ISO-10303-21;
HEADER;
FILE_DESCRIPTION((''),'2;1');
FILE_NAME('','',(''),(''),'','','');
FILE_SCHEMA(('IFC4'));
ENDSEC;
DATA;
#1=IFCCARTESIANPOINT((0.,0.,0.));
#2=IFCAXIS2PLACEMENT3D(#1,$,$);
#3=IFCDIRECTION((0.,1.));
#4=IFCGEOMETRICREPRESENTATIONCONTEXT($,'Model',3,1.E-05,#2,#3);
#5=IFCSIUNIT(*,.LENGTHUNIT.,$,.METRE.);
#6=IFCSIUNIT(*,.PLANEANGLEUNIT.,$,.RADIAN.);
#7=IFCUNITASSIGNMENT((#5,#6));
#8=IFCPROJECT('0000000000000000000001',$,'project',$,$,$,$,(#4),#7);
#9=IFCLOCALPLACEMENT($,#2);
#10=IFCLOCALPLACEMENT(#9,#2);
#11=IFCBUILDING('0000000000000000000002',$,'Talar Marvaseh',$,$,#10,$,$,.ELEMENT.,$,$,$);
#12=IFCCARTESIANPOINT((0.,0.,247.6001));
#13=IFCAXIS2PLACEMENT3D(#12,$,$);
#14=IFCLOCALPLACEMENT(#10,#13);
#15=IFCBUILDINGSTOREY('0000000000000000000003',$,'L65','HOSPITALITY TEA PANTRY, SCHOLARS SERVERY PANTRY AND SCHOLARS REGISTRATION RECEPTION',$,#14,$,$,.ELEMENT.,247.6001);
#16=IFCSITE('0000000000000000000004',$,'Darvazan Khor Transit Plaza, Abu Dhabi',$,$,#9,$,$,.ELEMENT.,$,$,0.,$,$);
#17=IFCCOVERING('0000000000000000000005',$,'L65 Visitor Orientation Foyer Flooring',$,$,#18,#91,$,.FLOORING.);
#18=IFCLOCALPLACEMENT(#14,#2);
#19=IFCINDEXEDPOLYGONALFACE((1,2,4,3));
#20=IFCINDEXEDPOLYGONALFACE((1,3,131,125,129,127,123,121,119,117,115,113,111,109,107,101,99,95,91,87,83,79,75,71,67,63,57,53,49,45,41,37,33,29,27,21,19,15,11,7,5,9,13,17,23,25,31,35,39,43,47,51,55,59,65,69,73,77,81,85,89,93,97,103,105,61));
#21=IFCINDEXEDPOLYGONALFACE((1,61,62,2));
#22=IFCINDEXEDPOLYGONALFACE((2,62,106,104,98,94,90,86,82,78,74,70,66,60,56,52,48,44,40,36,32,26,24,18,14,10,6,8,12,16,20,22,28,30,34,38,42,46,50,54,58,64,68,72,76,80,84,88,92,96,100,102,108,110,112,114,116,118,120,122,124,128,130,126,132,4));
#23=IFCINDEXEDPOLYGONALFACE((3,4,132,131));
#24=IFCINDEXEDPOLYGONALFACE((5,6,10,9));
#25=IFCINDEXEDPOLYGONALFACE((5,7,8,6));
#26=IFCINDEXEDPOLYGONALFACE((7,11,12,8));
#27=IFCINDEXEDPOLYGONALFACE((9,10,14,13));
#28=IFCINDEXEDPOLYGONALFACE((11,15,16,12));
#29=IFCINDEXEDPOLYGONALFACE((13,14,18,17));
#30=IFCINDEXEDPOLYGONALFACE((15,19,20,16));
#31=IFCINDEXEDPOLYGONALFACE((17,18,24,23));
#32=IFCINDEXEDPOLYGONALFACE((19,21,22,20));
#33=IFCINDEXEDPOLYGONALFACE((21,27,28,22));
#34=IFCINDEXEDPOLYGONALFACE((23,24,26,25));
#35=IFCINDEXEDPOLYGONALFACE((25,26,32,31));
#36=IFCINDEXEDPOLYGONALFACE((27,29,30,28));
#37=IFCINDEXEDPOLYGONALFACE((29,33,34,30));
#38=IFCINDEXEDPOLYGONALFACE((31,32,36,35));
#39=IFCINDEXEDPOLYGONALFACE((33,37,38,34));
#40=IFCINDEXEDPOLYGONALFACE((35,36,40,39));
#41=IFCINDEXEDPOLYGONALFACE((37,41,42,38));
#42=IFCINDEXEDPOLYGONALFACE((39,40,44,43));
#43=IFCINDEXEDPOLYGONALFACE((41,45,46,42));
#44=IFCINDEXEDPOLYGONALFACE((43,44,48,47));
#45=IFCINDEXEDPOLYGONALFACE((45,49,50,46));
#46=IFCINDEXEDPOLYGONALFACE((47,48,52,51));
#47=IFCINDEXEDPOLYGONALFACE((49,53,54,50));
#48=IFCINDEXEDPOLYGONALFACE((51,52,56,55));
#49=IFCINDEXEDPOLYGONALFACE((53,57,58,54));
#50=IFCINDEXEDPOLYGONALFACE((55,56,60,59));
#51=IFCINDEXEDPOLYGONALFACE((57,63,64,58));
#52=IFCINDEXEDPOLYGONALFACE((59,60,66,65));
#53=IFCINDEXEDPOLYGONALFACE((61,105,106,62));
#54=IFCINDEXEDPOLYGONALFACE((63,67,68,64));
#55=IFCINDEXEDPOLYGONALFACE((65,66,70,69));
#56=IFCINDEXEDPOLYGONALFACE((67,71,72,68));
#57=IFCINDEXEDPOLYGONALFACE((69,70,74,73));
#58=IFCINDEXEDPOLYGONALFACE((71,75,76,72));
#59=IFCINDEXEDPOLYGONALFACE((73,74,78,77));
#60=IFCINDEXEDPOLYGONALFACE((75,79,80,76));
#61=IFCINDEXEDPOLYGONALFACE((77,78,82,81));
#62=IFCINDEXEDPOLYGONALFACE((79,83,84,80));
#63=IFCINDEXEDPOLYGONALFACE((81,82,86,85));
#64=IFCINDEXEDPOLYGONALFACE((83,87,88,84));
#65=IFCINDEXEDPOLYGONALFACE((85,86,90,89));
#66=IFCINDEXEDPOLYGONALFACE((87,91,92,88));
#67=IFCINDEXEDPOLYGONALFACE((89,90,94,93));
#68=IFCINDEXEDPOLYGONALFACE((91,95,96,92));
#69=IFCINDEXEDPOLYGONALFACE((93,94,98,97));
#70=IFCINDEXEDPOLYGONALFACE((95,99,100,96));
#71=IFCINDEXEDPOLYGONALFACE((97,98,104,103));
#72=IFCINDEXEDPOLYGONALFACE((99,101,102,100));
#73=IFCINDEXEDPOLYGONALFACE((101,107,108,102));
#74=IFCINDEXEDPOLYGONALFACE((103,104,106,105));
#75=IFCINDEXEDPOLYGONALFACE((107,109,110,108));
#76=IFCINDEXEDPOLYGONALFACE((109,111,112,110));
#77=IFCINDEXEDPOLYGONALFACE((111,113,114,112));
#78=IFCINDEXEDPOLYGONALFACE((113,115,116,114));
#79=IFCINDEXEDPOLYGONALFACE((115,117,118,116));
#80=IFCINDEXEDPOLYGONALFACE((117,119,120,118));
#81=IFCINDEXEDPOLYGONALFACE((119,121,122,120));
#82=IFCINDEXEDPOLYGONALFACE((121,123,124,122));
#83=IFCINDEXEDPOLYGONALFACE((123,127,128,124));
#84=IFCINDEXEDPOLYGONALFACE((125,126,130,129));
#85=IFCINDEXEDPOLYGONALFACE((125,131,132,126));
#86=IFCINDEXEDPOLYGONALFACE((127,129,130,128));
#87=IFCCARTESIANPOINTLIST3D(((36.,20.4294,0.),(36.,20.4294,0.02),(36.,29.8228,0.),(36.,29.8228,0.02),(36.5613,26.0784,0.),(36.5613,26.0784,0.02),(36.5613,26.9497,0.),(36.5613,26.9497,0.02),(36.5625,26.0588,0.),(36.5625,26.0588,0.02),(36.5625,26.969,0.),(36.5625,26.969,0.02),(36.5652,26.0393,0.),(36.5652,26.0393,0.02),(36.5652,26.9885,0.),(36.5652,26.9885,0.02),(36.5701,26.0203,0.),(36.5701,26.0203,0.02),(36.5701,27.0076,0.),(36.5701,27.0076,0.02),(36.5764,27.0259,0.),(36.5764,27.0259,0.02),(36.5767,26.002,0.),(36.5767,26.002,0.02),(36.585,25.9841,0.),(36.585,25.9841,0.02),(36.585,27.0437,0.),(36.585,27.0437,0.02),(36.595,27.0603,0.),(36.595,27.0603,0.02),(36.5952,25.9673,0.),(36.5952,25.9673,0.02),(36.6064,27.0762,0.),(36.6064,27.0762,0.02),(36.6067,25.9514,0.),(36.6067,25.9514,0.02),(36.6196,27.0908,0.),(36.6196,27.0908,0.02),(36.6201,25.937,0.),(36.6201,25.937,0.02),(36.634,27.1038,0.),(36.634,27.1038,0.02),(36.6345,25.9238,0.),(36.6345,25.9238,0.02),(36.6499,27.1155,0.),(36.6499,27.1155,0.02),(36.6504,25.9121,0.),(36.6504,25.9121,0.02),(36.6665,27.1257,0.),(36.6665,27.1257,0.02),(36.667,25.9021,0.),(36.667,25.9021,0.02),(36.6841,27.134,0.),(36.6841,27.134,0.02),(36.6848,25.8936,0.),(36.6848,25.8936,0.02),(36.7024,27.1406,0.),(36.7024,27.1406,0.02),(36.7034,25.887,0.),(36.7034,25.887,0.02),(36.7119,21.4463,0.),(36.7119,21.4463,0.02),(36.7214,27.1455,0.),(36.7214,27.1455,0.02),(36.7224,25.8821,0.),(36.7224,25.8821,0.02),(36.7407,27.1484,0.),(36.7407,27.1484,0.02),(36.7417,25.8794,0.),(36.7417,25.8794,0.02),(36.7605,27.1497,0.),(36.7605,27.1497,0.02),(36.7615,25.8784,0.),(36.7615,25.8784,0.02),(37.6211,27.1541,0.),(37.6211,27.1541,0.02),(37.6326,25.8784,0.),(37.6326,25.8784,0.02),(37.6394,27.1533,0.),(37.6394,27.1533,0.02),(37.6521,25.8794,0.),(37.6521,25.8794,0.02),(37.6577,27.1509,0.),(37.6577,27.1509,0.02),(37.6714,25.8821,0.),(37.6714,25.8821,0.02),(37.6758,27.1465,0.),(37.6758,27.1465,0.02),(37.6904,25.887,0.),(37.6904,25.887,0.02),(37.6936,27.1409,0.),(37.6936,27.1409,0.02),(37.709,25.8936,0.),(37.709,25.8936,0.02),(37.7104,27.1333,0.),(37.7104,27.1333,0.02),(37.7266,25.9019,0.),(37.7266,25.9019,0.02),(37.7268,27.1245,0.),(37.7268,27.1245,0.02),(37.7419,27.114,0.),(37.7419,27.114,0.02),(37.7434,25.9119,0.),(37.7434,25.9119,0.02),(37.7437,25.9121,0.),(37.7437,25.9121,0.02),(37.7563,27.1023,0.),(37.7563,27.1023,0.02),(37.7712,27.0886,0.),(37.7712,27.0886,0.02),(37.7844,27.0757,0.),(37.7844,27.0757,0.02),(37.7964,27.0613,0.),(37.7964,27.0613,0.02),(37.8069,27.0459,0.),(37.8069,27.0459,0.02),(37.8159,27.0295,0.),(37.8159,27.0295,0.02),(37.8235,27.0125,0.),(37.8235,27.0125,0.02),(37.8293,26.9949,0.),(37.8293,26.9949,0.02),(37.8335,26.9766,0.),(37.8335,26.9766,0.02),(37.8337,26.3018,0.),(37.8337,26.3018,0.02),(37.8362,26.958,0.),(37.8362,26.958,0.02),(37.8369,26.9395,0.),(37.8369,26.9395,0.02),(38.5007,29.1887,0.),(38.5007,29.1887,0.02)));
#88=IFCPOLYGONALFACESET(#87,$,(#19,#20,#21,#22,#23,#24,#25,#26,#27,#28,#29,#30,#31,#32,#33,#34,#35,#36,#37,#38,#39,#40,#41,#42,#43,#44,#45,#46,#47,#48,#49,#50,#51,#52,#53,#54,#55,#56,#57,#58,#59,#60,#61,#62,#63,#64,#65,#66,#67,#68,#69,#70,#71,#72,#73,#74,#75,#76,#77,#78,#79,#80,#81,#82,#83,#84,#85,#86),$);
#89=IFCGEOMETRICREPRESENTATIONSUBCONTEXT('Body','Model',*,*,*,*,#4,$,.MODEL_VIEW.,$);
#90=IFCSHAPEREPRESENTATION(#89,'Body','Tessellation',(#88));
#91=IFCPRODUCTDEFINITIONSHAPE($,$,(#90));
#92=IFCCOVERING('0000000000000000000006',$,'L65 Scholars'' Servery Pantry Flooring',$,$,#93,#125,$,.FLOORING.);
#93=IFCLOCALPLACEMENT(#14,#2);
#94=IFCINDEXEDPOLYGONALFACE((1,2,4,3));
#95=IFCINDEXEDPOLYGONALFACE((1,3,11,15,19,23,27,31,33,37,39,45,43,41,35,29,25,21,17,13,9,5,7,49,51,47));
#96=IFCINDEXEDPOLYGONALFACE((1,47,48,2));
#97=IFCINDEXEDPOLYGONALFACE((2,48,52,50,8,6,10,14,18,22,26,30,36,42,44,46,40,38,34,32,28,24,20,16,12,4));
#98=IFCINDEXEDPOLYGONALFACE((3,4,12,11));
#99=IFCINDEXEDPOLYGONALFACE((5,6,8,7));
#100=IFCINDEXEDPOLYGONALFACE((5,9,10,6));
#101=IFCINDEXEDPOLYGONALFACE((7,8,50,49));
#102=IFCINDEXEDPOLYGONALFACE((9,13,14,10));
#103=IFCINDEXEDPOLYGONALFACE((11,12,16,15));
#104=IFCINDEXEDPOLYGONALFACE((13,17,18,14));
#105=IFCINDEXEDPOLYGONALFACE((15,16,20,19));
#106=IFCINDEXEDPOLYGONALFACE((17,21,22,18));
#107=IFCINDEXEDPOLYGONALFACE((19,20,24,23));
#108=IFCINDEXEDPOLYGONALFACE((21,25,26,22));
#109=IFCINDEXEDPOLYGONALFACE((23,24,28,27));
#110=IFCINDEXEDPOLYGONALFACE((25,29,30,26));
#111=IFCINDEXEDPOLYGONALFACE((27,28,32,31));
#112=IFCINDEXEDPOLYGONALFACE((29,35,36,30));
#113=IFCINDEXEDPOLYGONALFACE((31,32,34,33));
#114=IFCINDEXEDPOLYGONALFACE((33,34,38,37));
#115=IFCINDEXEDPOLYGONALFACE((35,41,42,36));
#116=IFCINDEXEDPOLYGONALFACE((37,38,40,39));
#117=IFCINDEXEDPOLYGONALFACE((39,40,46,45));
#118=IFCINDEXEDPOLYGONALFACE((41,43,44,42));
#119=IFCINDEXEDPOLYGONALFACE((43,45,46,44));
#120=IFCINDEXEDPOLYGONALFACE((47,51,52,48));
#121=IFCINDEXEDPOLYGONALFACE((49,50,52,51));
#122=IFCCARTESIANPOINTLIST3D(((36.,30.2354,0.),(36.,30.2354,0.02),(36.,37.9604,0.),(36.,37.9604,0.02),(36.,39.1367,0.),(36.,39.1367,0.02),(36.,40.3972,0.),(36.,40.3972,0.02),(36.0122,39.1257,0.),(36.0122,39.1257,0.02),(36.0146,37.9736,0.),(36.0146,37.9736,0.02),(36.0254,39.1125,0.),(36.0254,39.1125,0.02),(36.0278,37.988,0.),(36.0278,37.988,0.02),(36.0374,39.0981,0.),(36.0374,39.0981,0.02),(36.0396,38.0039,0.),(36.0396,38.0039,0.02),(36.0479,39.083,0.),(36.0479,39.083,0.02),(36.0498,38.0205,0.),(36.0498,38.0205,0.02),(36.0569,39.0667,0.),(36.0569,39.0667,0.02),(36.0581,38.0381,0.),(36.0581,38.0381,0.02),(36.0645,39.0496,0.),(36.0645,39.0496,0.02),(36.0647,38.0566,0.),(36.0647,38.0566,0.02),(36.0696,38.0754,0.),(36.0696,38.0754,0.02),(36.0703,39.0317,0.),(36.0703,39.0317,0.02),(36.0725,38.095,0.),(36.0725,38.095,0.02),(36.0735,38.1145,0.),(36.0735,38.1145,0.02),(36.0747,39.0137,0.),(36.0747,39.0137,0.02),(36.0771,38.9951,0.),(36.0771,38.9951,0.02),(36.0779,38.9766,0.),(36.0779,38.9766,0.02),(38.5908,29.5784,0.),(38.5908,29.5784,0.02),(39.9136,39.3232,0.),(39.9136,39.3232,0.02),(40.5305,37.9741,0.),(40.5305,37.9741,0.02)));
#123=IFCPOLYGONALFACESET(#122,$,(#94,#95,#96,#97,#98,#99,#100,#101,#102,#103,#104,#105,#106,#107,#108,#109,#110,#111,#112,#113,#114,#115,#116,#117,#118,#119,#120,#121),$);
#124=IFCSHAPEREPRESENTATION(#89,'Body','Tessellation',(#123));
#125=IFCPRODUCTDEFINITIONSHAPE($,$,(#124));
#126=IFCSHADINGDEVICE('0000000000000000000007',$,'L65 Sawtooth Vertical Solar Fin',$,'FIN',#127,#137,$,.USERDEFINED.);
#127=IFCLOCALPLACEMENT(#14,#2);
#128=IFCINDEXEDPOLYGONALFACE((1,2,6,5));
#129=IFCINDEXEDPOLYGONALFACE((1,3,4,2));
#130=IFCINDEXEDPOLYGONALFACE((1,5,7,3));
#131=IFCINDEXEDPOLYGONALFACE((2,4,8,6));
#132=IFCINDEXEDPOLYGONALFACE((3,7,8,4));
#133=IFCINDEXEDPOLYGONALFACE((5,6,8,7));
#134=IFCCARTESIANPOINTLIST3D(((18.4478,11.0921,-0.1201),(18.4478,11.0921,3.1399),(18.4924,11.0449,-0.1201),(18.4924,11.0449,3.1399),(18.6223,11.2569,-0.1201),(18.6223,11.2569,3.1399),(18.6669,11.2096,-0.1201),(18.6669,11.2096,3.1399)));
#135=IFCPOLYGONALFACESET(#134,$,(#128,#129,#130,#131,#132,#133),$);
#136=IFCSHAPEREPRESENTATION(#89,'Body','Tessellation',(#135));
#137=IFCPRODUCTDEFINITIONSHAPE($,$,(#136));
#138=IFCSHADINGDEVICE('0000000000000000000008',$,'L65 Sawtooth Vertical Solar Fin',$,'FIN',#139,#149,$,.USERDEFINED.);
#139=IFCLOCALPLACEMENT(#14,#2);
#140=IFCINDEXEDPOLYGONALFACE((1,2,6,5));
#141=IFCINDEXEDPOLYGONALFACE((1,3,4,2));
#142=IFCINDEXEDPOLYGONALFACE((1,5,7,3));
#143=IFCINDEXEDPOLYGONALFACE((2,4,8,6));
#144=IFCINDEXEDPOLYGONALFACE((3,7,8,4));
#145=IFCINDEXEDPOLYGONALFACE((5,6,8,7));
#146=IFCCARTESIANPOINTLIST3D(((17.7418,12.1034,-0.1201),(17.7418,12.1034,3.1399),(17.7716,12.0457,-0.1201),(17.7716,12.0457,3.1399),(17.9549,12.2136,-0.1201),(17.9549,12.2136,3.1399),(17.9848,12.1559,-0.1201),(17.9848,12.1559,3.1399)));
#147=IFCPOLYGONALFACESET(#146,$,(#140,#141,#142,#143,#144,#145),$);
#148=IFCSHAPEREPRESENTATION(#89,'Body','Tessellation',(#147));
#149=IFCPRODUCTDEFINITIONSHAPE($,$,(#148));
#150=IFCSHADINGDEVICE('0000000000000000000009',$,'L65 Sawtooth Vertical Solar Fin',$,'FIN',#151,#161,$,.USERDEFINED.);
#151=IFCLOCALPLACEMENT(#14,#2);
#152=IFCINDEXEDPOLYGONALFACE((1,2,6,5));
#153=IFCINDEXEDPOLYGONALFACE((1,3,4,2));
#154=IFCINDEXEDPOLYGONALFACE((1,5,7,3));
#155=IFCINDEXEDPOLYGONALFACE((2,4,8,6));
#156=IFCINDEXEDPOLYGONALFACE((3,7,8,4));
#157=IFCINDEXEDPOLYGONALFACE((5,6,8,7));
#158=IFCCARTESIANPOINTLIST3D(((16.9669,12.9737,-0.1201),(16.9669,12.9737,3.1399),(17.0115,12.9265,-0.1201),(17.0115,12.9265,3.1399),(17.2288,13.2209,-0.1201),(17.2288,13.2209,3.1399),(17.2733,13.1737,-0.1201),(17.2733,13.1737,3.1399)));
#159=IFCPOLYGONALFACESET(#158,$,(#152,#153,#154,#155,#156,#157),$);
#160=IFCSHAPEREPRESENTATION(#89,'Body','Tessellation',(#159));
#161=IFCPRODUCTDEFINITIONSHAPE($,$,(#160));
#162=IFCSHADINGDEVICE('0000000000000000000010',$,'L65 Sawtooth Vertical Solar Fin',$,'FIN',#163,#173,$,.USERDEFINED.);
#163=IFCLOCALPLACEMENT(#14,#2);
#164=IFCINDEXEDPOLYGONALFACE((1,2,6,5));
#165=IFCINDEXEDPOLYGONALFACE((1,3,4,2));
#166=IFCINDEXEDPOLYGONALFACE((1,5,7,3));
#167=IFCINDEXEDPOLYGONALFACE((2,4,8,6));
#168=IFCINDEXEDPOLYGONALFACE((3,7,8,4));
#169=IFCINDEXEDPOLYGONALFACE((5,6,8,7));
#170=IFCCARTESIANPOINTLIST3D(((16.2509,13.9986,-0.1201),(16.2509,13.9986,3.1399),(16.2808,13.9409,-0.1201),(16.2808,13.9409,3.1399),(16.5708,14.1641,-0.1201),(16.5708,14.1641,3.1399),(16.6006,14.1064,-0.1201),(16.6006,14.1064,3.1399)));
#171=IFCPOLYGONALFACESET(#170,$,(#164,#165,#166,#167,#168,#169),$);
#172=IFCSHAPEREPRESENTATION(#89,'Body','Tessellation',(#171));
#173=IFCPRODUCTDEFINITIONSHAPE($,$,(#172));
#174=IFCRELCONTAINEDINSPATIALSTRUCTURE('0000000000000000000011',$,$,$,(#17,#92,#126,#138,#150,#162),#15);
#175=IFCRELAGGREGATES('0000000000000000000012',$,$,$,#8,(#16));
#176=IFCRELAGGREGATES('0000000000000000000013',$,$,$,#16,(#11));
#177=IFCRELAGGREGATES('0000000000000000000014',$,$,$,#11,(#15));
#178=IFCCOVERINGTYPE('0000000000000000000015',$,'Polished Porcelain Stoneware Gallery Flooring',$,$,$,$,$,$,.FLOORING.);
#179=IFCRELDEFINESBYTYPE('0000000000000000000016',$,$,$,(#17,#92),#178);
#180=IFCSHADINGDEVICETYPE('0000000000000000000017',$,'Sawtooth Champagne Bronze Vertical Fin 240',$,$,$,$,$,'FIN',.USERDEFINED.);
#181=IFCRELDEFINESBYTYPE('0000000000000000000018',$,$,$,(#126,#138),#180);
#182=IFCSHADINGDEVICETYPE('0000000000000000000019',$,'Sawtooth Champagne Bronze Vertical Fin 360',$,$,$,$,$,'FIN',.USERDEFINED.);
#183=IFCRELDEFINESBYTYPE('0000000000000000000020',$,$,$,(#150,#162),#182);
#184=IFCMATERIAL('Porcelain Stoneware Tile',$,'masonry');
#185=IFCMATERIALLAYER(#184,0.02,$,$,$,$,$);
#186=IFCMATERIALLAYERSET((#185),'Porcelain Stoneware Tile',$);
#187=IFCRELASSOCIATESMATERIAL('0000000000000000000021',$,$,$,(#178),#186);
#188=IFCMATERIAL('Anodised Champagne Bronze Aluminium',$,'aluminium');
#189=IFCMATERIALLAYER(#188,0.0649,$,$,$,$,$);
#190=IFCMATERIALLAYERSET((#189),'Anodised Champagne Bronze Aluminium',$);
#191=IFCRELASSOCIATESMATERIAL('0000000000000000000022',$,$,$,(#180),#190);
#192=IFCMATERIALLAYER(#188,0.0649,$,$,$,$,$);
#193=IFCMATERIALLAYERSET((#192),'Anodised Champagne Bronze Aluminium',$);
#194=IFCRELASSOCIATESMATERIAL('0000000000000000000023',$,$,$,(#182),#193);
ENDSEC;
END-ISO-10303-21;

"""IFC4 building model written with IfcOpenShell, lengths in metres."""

from ifc_helpers import new_model, si_unit, direction, frame, origin, origin_2d, place, context, subcontext, project, spatial, polyline, rectangle, outline, extrude, source, transform, mapped, material, layer, layer_set, type_object, type_shapes, element, save


model = new_model("IFC4")

# Units and contexts
model_context = context("Model", 3, precision=1e-05, world=origin(), true_north=direction((0.0, 1.0)))
body_context = subcontext(model_context, "Body", "Model", "MODEL_VIEW")
ifc_project = project(units=[si_unit("LENGTHUNIT", "METRE"), si_unit("PLANEANGLEUNIT", "RADIAN")], contexts=[model_context])

# Site, building, storey
site_placement = place(None, origin())
site = spatial("IfcSite", under=ifc_project, at=site_placement, Name="Darvazan Khor Transit Plaza, Abu Dhabi", CompositionType="ELEMENT", RefElevation=0.0)
building_placement = place(site_placement, origin())
building = spatial("IfcBuilding", under=site, at=building_placement, Name="Talar Marvaseh", CompositionType="ELEMENT")
storey_placement = place(building_placement, frame((0.0, 0.0, 247.6001)))
storey = spatial("IfcBuildingStorey", under=building, at=storey_placement, Name="L65", Description="HOSPITALITY TEA PANTRY, SCHOLARS SERVERY PANTRY AND SCHOLARS REGISTRATION RECEPTION", CompositionType="ELEMENT", Elevation=247.6001)

# Coverings
ifc_material_1 = material(Name="Porcelain Stoneware Tile", Category="masonry")
ifc_layer_1 = layer(ifc_material_1, 0.02)
ifc_layer_set_1 = layer_set([ifc_layer_1], Name="Porcelain Stoneware Tile")
covering_type_1 = type_object("IfcCoveringType", Name="Polished Porcelain Stoneware Gallery Flooring", PredefinedType="FLOORING", material=ifc_layer_set_1)
covering_1_placement = place(storey_placement, origin())
element("IfcCovering", 1, at=covering_1_placement, inside=storey, type_object=covering_type_1, Name="L65 Visitor Orientation Foyer Flooring", PredefinedType="FLOORING", context=body_context, shape_type="SweptSolid", body=[
    extrude(outline(polyline([(37.8337, 26.3018), (37.8369, 26.9395), (37.8362, 26.958), (37.8335, 26.9766), (37.8293, 26.9949), (37.8235, 27.0125), (37.8159, 27.0295), (37.8069, 27.0459), (37.7964, 27.0613), (37.7844, 27.0757), (37.7712, 27.0886), (37.7563, 27.1023), (37.7419, 27.114), (37.7268, 27.1245), (37.7104, 27.1333), (37.6936, 27.1409), (37.6758, 27.1465), (37.6577, 27.1509), (37.6394, 27.1533), (37.6211, 27.1541), (36.7605, 27.1497), (36.7407, 27.1484), (36.7214, 27.1455), (36.7024, 27.1406), (36.6841, 27.134), (36.6665, 27.1257), (36.6499, 27.1155), (36.634, 27.1038), (36.6196, 27.0908), (36.6064, 27.0762), (36.595, 27.0603), (36.585, 27.0437), (36.5764, 27.0259), (36.5701, 27.0076), (36.5652, 26.9885), (36.5625, 26.969), (36.5613, 26.9497), (36.5613, 26.0784), (36.5625, 26.0588), (36.5652, 26.0393), (36.5701, 26.0203), (36.5767, 26.002), (36.585, 25.9841), (36.5952, 25.9673), (36.6067, 25.9514), (36.6201, 25.937), (36.6345, 25.9238), (36.6504, 25.9121), (36.667, 25.9021), (36.6848, 25.8936), (36.7034, 25.887), (36.7224, 25.8821), (36.7417, 25.8794), (36.7615, 25.8784), (37.6326, 25.8784), (37.6521, 25.8794), (37.6714, 25.8821), (37.6904, 25.887), (37.709, 25.8936), (37.7266, 25.9019), (37.7434, 25.9119), (37.7437, 25.9121), (36.7119, 21.4463), (36.0, 20.4294), (36.0, 29.8228), (38.5007, 29.1887), (37.8337, 26.3018)])), origin(), (0.0, 0.0, 1.0), 0.02),
])
covering_2_placement = place(storey_placement, origin())
element("IfcCovering", 2, at=covering_2_placement, inside=storey, type_object=covering_type_1, Name="L65 Scholars' Servery Pantry Flooring", PredefinedType="FLOORING", context=body_context, shape_type="SweptSolid", body=[
    extrude(outline(polyline([(40.5305, 37.9741), (38.5908, 29.5784), (36.0, 30.2354), (36.0, 37.9604), (36.0, 37.9604), (36.0146, 37.9736), (36.0278, 37.988), (36.0396, 38.0039), (36.0498, 38.0205), (36.0581, 38.0381), (36.0647, 38.0566), (36.0696, 38.0754), (36.0725, 38.095), (36.0735, 38.1145), (36.0779, 38.9766), (36.0771, 38.9951), (36.0747, 39.0137), (36.0703, 39.0317), (36.0645, 39.0496), (36.0569, 39.0667), (36.0479, 39.083), (36.0374, 39.0981), (36.0254, 39.1125), (36.0122, 39.1257), (36.0, 39.1367), (36.0, 40.3972), (39.9136, 39.3232), (40.5305, 37.9741)])), origin(), (0.0, 0.0, 1.0), 0.02),
])

# Shading devices
ifc_material_2 = material(Name="Anodised Champagne Bronze Aluminium", Category="aluminium")
ifc_layer_2 = layer(ifc_material_2, 0.0649)
ifc_layer_set_2 = layer_set([ifc_layer_2], Name="Anodised Champagne Bronze Aluminium")
shading_device_type_1 = type_object("IfcShadingDeviceType", Name="Sawtooth Champagne Bronze Vertical Fin 240", ElementType="FIN", PredefinedType="USERDEFINED", material=ifc_layer_set_2)
shared_shape_1 = source(origin(), body_context, "Body", "SweptSolid", [
    extrude(rectangle(XDim=0.24, YDim=0.0649, at=origin_2d()), origin(), (0.0, 0.0, 1.0), 3.26),
])
type_shapes(shading_device_type_1, [shared_shape_1])
for number, where, z_axis, x_axis, name in (
    (3, (18.5574, 11.1509, -0.1201), (0.0, 0.0, 1.0), (-0.727174, -0.686453, 0.0), "L65 Sawtooth Vertical Solar Fin"),
    (4, (17.8633, 12.1296, -0.1201), (0.0, 0.0, 1.0), (-0.888217, -0.459425, 0.0), "L65 Sawtooth Vertical Solar Fin"),
):
    element("IfcShadingDevice", number, at=place(storey_placement, frame(where, z_axis=z_axis, x_axis=x_axis)), inside=storey, type_object=shading_device_type_1, Name=name, ObjectType="FIN", PredefinedType="USERDEFINED", context=body_context, shape_type="MappedRepresentation", body=[
        mapped(shared_shape_1, transform((0.0, 0.0, 0.0), x_axis=(1.0, 0.0, 0.0), y_axis=(0.0, 1.0, 0.0), z_axis=(0.0, 0.0, 1.0), scale=1.0)),
    ])
ifc_layer_3 = layer(ifc_material_2, 0.0649)
ifc_layer_set_3 = layer_set([ifc_layer_3], Name="Anodised Champagne Bronze Aluminium")
shading_device_type_2 = type_object("IfcShadingDeviceType", Name="Sawtooth Champagne Bronze Vertical Fin 360", ElementType="FIN", PredefinedType="USERDEFINED", material=ifc_layer_set_3)
shared_shape_2 = source(origin(), body_context, "Body", "SweptSolid", [
    extrude(rectangle(XDim=0.3601, YDim=0.0649, at=origin_2d()), origin(), (0.0, 0.0, 1.0), 3.26),
])
type_shapes(shading_device_type_2, [shared_shape_2])
for number, where, z_axis, x_axis, name in (
    (5, (17.1201, 13.0737, -0.1201), (0.0, 0.0, 1.0), (-0.727174, -0.686453, 0.0), "L65 Sawtooth Vertical Solar Fin"),
    (6, (16.4258, 14.0525, -0.1201), (0.0, 0.0, 1.0), (-0.888217, -0.459425, 0.0), "L65 Sawtooth Vertical Solar Fin"),
):
    element("IfcShadingDevice", number, at=place(storey_placement, frame(where, z_axis=z_axis, x_axis=x_axis)), inside=storey, type_object=shading_device_type_2, Name=name, ObjectType="FIN", PredefinedType="USERDEFINED", context=body_context, shape_type="MappedRepresentation", body=[
        mapped(shared_shape_2, transform((0.0, 0.0, 0.0), x_axis=(1.0, 0.0, 0.0), y_axis=(0.0, 1.0, 0.0), z_axis=(0.0, 0.0, 1.0), scale=1.0)),
    ])

save(model, "model.ifc")
